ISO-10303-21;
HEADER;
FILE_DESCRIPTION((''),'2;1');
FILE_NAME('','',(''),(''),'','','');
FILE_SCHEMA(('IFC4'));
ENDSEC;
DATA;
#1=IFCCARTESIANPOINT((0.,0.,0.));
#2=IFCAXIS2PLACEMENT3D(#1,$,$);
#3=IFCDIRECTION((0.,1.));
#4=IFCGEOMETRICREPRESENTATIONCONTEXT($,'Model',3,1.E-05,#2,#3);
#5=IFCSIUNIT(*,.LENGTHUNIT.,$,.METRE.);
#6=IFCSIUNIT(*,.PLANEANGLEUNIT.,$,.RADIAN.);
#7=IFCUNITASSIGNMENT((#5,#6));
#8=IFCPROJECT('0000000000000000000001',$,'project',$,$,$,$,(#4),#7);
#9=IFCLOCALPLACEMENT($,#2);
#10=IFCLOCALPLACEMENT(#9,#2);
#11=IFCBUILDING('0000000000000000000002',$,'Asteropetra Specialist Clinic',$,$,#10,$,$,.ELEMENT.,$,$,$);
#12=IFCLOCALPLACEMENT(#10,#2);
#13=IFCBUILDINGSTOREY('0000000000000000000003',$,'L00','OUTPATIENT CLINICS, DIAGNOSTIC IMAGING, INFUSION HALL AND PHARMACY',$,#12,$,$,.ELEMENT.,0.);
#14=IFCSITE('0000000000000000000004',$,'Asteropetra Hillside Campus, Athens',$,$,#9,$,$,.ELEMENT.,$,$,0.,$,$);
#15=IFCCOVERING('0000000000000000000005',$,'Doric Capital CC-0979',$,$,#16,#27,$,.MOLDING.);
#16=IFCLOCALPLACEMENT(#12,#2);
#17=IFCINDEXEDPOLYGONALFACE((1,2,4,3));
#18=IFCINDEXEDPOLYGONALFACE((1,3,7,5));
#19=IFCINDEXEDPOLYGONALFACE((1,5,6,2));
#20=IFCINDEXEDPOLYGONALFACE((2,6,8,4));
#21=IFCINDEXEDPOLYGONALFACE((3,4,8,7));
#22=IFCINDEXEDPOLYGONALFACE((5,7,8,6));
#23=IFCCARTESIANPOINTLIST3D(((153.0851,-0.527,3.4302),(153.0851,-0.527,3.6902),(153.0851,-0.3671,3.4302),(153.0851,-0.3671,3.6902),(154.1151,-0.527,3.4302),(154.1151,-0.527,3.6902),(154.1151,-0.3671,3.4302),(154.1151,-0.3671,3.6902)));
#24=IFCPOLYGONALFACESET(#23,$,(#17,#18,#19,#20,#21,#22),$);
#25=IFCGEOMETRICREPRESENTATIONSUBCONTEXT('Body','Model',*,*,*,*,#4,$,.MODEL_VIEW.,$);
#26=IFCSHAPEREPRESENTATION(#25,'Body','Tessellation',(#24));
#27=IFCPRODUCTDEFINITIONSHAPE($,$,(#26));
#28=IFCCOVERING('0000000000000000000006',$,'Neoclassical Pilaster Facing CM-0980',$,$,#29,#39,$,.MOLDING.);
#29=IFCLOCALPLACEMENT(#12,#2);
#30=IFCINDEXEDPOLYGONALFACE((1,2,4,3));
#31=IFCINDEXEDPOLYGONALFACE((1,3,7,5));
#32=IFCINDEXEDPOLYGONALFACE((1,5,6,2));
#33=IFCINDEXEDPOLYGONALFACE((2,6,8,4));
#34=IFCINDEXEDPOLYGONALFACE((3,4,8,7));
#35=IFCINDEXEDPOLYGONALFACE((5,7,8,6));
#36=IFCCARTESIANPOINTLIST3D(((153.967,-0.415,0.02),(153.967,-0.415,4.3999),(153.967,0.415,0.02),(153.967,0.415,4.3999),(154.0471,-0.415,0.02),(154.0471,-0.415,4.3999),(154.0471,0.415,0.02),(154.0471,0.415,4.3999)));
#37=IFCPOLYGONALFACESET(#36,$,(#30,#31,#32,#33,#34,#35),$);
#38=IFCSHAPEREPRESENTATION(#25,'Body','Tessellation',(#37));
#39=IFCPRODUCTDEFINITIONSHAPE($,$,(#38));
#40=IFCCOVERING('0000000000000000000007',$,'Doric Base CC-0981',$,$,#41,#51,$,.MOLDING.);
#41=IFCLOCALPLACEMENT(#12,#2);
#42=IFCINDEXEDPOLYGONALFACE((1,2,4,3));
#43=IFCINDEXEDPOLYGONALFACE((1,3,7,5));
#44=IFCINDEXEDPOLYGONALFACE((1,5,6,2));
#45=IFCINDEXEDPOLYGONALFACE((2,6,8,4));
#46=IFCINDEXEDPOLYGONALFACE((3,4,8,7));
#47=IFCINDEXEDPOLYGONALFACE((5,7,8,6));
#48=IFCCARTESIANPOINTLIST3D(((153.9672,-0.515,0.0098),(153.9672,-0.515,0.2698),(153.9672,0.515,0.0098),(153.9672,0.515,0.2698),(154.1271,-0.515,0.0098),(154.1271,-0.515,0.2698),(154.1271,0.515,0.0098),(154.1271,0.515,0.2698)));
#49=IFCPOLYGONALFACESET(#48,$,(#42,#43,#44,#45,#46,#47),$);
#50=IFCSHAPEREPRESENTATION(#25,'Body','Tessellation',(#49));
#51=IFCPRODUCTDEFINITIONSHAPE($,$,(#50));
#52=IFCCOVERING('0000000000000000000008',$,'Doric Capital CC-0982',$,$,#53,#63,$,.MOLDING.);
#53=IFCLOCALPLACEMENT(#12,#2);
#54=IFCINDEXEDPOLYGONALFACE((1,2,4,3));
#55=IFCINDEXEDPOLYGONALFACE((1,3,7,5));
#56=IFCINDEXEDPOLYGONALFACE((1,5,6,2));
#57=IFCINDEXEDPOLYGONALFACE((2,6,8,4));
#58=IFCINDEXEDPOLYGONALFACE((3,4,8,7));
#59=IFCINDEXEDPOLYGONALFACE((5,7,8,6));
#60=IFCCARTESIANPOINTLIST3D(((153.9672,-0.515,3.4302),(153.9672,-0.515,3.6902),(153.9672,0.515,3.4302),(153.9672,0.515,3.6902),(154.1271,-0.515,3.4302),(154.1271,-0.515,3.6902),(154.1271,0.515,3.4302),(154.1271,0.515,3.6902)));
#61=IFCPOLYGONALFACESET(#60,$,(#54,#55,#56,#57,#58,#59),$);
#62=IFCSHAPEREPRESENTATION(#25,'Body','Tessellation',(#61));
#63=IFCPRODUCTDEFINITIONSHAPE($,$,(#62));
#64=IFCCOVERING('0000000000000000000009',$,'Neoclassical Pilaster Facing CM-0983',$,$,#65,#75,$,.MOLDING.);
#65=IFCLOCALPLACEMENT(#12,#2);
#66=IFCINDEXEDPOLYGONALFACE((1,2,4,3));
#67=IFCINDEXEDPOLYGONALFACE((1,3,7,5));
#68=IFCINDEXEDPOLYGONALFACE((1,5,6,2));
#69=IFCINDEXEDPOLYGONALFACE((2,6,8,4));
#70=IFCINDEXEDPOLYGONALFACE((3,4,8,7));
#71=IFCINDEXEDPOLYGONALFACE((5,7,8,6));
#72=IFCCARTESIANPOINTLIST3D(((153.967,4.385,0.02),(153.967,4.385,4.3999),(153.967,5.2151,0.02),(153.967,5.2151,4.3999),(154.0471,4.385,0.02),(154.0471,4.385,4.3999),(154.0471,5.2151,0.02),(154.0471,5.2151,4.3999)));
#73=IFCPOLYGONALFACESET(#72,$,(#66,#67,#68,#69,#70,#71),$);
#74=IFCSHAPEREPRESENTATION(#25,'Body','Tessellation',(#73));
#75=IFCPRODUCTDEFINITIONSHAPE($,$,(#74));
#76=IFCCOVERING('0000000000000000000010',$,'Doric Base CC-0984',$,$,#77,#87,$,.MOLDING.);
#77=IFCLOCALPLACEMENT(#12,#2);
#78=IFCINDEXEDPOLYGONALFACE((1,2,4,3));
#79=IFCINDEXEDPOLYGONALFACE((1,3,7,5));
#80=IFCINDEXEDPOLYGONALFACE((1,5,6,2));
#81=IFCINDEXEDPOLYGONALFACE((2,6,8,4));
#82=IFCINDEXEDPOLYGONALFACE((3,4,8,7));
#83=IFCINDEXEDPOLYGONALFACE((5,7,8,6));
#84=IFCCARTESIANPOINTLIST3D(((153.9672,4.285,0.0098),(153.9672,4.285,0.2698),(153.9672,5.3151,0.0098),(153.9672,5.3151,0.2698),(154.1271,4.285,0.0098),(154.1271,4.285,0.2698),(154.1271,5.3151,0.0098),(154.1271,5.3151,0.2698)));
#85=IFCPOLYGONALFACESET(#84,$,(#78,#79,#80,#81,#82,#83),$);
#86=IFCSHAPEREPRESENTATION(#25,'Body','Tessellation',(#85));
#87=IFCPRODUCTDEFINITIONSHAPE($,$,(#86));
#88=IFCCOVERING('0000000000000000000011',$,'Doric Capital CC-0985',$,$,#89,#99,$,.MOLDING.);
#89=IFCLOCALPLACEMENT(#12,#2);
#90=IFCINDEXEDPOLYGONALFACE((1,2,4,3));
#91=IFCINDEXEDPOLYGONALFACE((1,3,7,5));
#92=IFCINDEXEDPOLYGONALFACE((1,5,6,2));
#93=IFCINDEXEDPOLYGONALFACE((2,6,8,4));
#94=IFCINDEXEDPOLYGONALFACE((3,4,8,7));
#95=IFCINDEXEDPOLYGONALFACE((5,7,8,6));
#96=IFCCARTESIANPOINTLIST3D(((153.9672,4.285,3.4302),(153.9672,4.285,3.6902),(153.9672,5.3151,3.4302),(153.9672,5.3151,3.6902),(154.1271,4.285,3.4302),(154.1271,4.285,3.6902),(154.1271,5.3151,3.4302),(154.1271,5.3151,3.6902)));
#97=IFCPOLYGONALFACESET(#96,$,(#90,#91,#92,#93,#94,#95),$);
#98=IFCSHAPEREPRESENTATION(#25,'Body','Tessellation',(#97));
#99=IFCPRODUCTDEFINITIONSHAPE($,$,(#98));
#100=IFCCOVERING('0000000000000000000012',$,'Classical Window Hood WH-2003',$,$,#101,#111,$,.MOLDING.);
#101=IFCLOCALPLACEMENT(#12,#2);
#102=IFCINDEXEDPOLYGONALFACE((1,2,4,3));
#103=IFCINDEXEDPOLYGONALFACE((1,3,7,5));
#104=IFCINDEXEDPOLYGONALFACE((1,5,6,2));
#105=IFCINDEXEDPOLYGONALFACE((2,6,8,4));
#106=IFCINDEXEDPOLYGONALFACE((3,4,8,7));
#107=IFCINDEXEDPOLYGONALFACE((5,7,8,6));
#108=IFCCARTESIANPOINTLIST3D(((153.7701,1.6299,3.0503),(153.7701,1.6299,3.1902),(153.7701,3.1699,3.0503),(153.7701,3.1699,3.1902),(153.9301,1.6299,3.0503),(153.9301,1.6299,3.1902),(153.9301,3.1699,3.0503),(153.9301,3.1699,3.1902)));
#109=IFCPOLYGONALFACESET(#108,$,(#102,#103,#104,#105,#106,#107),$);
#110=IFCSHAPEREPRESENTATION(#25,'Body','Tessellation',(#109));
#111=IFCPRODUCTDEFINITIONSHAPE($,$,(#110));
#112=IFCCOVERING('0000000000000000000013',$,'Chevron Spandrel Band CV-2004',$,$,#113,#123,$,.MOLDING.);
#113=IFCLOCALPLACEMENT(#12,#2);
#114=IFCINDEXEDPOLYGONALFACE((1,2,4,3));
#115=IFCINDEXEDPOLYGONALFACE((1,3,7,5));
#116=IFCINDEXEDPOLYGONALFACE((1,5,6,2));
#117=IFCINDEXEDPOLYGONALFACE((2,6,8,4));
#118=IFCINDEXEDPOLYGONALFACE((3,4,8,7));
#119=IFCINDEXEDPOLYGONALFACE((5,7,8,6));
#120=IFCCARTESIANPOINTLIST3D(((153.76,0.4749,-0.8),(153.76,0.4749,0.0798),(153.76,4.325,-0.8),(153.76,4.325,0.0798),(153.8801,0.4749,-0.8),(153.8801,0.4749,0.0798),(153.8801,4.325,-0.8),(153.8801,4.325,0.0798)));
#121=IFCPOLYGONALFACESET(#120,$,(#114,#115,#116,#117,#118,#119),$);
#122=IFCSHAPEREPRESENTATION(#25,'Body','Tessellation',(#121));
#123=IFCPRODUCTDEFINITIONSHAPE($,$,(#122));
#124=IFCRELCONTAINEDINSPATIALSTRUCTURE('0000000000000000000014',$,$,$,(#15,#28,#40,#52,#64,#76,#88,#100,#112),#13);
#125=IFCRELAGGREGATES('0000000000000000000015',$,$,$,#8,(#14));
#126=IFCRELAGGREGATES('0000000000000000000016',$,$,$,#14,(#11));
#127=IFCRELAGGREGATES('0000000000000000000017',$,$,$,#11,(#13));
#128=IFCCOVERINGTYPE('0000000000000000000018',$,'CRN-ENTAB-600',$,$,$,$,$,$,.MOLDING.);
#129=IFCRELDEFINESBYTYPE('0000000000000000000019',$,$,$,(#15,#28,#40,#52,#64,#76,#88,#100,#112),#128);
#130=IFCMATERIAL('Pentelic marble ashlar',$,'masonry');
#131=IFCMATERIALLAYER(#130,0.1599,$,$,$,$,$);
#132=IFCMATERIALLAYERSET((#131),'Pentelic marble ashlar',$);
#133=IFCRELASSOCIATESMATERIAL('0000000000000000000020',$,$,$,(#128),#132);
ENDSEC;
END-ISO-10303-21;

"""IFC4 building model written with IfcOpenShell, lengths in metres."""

from ifc_helpers import new_model, si_unit, direction, frame, origin, origin_2d, place, context, subcontext, project, spatial, rectangle, extrude, material, layer, layer_set, type_object, element, save


model = new_model("IFC4")

# Units and contexts
model_context = context("Model", 3, precision=1e-05, world=origin(), true_north=direction((0.0, 1.0)))
body_context = subcontext(model_context, "Body", "Model", "MODEL_VIEW")
ifc_project = project(units=[si_unit("LENGTHUNIT", "METRE"), si_unit("PLANEANGLEUNIT", "RADIAN")], contexts=[model_context])

# Site, building, storey
site_placement = place(None, origin())
site = spatial("IfcSite", under=ifc_project, at=site_placement, Name="Asteropetra Hillside Campus, Athens", CompositionType="ELEMENT", RefElevation=0.0)
building_placement = place(site_placement, origin())
building = spatial("IfcBuilding", under=site, at=building_placement, Name="Asteropetra Specialist Clinic", CompositionType="ELEMENT")
storey_placement = place(building_placement, origin())
storey = spatial("IfcBuildingStorey", under=building, at=storey_placement, Name="L00", Description="OUTPATIENT CLINICS, DIAGNOSTIC IMAGING, INFUSION HALL AND PHARMACY", CompositionType="ELEMENT", Elevation=0.0)

# Coverings
ifc_material_1 = material(Name="Pentelic marble ashlar", Category="masonry")
ifc_layer_1 = layer(ifc_material_1, 0.1599)
ifc_layer_set_1 = layer_set([ifc_layer_1], Name="Pentelic marble ashlar")
covering_type = type_object("IfcCoveringType", Name="CRN-ENTAB-600", PredefinedType="MOLDING", material=ifc_layer_set_1)
for number, where, z_axis, x_axis, name in (
    (1, (153.6001, -0.447, 3.4302), (0.0, 0.0, 1.0), (1.0, 0.0, 0.0), "Doric Capital CC-0979"),
):
    element("IfcCovering", number, at=place(storey_placement, frame(where, z_axis=z_axis, x_axis=x_axis)), inside=storey, type_object=covering_type, Name=name, PredefinedType="MOLDING", context=body_context, shape_type="SweptSolid", body=[
        extrude(rectangle(XDim=1.03, YDim=0.1599, at=origin_2d()), origin(), (0.0, 0.0, 1.0), 0.26),
    ])
covering_1_placement = place(storey_placement, frame((154.0071, 0.0, 0.02), z_axis=(0.0, 0.0, 1.0), x_axis=(1.0, 0.0, 0.0)))
element("IfcCovering", 2, at=covering_1_placement, inside=storey, type_object=covering_type, Name="Neoclassical Pilaster Facing CM-0980", PredefinedType="MOLDING", context=body_context, shape_type="SweptSolid", body=[
    extrude(rectangle(XDim=0.0801, YDim=0.8301, at=origin_2d()), origin(), (0.0, 0.0, 1.0), 4.3799),
])
for number, where, z_axis, x_axis, name in (
    (3, (154.0471, 0.0, 0.0098), (0.0, 0.0, 1.0), (1.0, 0.0, 0.0), "Doric Base CC-0981"),
    (4, (154.0471, 0.0, 3.4302), (0.0, 0.0, 1.0), (1.0, 0.0, 0.0), "Doric Capital CC-0982"),
):
    element("IfcCovering", number, at=place(storey_placement, frame(where, z_axis=z_axis, x_axis=x_axis)), inside=storey, type_object=covering_type, Name=name, PredefinedType="MOLDING", context=body_context, shape_type="SweptSolid", body=[
        extrude(rectangle(XDim=0.1599, YDim=1.03, at=origin_2d()), origin(), (0.0, 0.0, 1.0), 0.26),
    ])
covering_2_placement = place(storey_placement, frame((154.0071, 4.8, 0.02), z_axis=(0.0, 0.0, 1.0), x_axis=(1.0, 0.0, 0.0)))
element("IfcCovering", 5, at=covering_2_placement, inside=storey, type_object=covering_type, Name="Neoclassical Pilaster Facing CM-0983", PredefinedType="MOLDING", context=body_context, shape_type="SweptSolid", body=[
    extrude(rectangle(XDim=0.0801, YDim=0.8301, at=origin_2d()), origin(), (0.0, 0.0, 1.0), 4.3799),
])
for number, where, z_axis, x_axis, name in (
    (6, (154.0471, 4.8, 0.0098), (0.0, 0.0, 1.0), (1.0, 0.0, 0.0), "Doric Base CC-0984"),
    (7, (154.0471, 4.8, 3.4302), (0.0, 0.0, 1.0), (1.0, 0.0, 0.0), "Doric Capital CC-0985"),
):
    element("IfcCovering", number, at=place(storey_placement, frame(where, z_axis=z_axis, x_axis=x_axis)), inside=storey, type_object=covering_type, Name=name, PredefinedType="MOLDING", context=body_context, shape_type="SweptSolid", body=[
        extrude(rectangle(XDim=0.1599, YDim=1.03, at=origin_2d()), origin(), (0.0, 0.0, 1.0), 0.26),
    ])
covering_3_placement = place(storey_placement, frame((153.8501, 2.3999, 3.0503), z_axis=(0.0, 0.0, 1.0), x_axis=(1.0, 0.0, 0.0)))
element("IfcCovering", 8, at=covering_3_placement, inside=storey, type_object=covering_type, Name="Classical Window Hood WH-2003", PredefinedType="MOLDING", context=body_context, shape_type="SweptSolid", body=[
    extrude(rectangle(XDim=0.1599, YDim=1.54, at=origin_2d()), origin(), (0.0, 0.0, 1.0), 0.1399),
])
covering_4_placement = place(storey_placement, frame((153.8201, 2.3999, -0.8), z_axis=(0.0, 0.0, 1.0), x_axis=(1.0, 0.0, 0.0)))
element("IfcCovering", 9, at=covering_4_placement, inside=storey, type_object=covering_type, Name="Chevron Spandrel Band CV-2004", PredefinedType="MOLDING", context=body_context, shape_type="SweptSolid", body=[
    extrude(rectangle(XDim=0.1201, YDim=3.8501, at=origin_2d()), origin(), (0.0, 0.0, 1.0), 0.8799),
])

save(model, "model.ifc")
